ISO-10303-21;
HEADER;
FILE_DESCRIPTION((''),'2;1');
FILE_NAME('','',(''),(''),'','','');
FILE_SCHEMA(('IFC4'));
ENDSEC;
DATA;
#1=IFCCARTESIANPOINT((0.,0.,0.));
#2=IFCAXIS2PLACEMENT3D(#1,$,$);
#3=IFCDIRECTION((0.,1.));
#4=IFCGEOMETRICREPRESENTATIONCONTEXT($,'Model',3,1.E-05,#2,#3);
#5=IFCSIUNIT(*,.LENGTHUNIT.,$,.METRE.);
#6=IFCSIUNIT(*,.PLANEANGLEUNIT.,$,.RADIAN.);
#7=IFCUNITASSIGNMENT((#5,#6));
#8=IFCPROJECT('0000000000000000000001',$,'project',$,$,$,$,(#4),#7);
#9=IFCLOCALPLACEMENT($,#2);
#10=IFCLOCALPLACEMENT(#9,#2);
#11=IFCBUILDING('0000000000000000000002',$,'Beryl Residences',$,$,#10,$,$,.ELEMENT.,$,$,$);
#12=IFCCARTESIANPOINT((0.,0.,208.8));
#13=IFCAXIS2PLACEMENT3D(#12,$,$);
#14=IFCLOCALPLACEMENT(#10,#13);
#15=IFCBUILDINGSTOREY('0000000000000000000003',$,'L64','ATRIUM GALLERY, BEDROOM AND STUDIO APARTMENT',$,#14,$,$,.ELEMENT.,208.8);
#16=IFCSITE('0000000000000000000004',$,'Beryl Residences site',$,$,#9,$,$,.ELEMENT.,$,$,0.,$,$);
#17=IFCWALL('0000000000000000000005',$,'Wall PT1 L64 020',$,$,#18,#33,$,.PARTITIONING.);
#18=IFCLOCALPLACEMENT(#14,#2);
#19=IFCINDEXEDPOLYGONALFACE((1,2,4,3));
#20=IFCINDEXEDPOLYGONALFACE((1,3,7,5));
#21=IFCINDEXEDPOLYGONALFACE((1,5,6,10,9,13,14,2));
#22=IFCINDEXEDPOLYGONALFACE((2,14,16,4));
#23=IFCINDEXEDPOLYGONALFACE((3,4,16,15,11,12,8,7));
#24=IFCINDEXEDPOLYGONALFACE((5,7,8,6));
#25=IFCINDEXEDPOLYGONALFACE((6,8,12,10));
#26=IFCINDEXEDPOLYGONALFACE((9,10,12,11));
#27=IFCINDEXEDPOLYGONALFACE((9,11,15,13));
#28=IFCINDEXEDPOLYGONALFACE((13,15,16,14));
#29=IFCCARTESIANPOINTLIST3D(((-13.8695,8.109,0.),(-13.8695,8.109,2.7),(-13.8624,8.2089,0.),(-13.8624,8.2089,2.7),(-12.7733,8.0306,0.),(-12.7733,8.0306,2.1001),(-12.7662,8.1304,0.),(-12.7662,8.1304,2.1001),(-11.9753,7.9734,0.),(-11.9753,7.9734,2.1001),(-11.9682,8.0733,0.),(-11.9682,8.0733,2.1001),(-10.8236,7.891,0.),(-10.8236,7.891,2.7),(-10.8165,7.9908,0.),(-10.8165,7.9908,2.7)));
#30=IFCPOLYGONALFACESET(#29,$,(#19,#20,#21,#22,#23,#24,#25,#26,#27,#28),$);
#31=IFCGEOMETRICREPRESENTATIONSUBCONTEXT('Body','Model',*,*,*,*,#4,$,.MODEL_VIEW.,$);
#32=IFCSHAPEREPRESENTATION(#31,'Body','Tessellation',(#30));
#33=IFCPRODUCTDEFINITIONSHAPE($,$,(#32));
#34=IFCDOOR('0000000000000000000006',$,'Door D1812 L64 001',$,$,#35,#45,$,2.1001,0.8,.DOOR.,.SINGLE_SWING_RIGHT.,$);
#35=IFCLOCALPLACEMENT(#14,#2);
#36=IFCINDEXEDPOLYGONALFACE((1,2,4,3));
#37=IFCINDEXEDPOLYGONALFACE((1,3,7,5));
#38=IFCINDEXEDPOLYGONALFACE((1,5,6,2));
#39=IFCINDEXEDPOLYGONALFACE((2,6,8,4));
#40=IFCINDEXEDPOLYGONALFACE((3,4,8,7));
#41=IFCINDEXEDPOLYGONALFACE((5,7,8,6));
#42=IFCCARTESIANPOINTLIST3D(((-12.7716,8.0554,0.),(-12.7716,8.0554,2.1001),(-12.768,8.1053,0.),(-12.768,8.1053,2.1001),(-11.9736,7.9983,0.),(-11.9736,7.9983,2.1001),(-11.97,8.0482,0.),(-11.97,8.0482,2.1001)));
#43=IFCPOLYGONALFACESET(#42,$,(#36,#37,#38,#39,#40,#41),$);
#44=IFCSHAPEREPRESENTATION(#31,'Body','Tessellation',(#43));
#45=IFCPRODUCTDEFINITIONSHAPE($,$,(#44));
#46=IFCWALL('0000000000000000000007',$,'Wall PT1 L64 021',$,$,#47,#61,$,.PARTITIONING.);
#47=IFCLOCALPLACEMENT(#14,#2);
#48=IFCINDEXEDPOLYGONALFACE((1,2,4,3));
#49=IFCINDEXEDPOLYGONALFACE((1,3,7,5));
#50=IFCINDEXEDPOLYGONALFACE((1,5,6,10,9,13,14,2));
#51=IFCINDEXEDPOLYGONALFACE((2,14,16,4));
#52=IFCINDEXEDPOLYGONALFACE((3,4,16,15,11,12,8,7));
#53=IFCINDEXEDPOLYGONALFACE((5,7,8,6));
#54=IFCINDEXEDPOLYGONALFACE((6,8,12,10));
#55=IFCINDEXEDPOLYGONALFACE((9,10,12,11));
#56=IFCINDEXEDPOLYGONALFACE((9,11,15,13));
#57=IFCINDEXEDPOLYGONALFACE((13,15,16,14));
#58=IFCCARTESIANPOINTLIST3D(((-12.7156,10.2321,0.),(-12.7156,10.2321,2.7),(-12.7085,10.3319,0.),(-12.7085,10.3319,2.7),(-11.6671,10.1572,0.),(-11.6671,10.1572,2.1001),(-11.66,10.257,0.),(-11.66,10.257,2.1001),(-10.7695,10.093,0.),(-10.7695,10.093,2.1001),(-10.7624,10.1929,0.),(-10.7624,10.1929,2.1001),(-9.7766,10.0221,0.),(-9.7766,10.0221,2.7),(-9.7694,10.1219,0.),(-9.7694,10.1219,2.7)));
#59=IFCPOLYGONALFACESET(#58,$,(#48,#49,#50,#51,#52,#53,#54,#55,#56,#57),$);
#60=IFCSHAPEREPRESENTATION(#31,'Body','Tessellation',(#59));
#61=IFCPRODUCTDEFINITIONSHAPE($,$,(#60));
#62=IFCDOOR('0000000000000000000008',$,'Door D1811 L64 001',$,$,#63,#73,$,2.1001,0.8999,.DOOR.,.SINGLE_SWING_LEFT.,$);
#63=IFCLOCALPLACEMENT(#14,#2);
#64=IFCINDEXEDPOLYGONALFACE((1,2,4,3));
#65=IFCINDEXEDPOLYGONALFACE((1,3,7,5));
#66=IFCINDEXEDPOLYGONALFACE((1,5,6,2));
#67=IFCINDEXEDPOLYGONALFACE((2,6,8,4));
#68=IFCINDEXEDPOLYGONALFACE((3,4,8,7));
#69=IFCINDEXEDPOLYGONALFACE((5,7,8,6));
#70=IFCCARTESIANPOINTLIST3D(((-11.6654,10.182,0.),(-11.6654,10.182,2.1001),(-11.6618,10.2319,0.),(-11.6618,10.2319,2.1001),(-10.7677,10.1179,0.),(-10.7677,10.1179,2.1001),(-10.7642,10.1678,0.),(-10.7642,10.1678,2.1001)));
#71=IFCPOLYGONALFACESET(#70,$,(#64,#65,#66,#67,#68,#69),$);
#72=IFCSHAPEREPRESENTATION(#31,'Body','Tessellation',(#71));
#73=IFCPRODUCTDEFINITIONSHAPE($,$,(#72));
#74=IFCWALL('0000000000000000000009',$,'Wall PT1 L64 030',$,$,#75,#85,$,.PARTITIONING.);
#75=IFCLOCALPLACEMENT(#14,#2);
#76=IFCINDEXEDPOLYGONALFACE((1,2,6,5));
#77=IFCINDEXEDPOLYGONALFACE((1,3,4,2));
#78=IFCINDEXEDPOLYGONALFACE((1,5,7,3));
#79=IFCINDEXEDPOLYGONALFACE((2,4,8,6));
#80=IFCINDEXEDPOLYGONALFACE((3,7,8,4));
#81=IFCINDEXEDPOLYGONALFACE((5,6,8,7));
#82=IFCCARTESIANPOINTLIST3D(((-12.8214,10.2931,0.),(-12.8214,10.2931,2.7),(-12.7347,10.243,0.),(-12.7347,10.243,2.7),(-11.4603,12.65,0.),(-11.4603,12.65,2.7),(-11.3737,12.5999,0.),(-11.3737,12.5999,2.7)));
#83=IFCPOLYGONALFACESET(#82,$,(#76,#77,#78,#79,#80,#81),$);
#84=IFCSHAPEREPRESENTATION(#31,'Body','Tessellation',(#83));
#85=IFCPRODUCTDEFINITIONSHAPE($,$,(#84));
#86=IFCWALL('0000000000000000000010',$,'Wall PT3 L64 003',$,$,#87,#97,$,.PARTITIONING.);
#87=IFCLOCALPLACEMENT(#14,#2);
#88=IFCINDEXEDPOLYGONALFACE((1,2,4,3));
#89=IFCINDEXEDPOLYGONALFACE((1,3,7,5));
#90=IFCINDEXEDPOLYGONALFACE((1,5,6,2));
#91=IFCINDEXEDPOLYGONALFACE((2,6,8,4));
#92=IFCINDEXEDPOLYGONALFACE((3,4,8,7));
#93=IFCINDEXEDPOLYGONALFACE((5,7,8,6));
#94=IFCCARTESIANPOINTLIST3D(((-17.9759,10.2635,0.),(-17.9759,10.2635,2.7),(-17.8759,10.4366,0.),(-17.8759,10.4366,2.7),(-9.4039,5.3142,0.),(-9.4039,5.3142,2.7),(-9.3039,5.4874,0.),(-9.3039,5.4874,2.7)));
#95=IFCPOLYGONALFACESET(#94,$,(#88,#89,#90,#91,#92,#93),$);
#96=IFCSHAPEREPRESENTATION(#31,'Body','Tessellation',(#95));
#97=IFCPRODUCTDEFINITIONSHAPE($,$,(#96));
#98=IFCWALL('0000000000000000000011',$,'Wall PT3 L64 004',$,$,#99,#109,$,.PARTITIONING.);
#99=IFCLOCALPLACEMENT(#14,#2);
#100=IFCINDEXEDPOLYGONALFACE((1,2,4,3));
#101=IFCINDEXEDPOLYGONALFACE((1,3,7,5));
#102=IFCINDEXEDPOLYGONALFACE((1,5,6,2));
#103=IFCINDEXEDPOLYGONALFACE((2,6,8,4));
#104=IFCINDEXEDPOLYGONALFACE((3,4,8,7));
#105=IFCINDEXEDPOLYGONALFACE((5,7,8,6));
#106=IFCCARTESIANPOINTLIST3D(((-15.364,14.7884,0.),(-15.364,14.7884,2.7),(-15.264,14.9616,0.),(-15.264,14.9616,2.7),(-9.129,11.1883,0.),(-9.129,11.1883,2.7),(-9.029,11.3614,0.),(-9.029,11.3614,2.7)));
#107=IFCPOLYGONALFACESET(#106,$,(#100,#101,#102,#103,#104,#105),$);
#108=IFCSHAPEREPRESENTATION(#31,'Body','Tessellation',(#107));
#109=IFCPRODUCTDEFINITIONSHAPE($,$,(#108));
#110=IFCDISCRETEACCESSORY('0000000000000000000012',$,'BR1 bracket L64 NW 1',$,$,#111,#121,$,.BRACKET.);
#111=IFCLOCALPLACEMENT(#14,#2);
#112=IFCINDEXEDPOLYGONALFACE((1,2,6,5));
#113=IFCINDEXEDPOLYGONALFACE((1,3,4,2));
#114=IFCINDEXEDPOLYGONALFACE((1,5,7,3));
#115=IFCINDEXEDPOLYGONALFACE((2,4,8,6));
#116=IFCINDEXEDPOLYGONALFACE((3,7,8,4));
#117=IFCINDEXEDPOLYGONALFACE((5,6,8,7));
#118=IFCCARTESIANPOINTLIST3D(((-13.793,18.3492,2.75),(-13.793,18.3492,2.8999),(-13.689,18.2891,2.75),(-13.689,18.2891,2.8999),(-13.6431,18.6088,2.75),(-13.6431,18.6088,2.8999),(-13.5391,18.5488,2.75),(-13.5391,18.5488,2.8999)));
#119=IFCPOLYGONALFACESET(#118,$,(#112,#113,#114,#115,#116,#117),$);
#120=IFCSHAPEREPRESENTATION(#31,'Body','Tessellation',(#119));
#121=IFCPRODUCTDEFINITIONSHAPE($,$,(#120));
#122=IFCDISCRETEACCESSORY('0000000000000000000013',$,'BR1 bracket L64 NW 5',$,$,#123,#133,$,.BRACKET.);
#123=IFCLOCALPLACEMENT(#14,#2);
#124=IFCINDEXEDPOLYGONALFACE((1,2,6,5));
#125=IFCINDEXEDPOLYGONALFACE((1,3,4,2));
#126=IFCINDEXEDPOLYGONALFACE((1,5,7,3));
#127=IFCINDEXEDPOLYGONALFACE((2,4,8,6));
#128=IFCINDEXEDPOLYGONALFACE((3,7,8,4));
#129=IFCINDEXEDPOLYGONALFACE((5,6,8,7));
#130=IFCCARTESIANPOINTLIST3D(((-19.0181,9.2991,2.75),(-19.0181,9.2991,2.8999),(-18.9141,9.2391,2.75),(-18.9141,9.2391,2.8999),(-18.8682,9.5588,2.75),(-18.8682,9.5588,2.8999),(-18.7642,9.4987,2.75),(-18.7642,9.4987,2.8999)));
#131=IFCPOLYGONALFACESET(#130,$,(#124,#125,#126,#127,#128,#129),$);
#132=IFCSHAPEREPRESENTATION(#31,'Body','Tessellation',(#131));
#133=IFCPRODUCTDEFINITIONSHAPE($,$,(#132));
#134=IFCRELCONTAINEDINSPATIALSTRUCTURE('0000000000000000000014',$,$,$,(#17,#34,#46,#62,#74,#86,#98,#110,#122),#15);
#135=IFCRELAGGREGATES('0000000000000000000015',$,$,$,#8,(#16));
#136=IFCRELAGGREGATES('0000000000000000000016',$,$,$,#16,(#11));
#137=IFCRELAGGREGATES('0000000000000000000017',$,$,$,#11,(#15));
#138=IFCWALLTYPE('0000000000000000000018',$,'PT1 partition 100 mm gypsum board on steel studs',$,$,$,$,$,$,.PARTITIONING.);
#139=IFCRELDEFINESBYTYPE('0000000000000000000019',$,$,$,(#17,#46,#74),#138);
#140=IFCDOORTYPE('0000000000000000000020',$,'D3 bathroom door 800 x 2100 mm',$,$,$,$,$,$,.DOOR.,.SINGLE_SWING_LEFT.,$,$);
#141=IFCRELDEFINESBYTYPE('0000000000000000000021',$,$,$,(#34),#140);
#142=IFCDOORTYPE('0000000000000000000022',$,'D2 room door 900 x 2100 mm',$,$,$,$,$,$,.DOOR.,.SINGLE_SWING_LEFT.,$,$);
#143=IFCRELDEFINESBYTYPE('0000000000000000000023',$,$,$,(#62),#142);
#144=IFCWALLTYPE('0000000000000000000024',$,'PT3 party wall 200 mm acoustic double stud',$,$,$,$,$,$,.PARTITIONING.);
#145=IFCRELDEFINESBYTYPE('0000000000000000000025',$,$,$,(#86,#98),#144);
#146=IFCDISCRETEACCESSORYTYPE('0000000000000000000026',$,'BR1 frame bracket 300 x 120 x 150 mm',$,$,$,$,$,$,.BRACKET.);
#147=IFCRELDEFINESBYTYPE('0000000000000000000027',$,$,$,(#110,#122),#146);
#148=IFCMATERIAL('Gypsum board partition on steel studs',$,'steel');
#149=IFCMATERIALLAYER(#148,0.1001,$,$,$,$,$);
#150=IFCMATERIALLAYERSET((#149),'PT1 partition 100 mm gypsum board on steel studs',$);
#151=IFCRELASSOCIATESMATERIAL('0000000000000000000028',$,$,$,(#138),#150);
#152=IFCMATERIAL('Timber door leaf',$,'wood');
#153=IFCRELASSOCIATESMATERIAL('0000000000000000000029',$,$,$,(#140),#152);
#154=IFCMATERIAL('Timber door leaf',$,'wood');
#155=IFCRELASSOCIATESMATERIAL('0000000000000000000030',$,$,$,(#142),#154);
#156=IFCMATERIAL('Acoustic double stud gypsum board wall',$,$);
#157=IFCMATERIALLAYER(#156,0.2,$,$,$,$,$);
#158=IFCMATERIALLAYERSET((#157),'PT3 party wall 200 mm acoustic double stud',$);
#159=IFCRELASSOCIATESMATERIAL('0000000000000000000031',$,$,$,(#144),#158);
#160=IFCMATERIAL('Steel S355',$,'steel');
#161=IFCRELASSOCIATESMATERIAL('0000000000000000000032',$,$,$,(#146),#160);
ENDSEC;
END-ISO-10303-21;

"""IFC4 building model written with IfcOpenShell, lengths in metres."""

from ifc_helpers import new_model, si_unit, direction, frame, frame_2d, origin, place, context, subcontext, project, spatial, polyline, rectangle, outline, extrude, source, transform, mapped, material, layer, layer_set, type_object, type_shapes, element, fill, save


model = new_model("IFC4")

# Units and contexts
model_context = context("Model", 3, precision=1e-05, world=origin(), true_north=direction((0.0, 1.0)))
body_context = subcontext(model_context, "Body", "Model", "MODEL_VIEW")
ifc_project = project(units=[si_unit("LENGTHUNIT", "METRE"), si_unit("PLANEANGLEUNIT", "RADIAN")], contexts=[model_context])

# Site, building, storey
site_placement = place(None, origin())
site = spatial("IfcSite", under=ifc_project, at=site_placement, Name="Beryl Residences site", CompositionType="ELEMENT", RefElevation=0.0)
building_placement = place(site_placement, origin())
building = spatial("IfcBuilding", under=site, at=building_placement, Name="Beryl Residences", CompositionType="ELEMENT")
storey_placement = place(building_placement, frame((0.0, 0.0, 208.8)))
storey = spatial("IfcBuildingStorey", under=building, at=storey_placement, Name="L64", Description="ATRIUM GALLERY, BEDROOM AND STUDIO APARTMENT", CompositionType="ELEMENT", Elevation=208.8)

# Walls, openings, doors
ifc_material_1 = material(Name="Gypsum board partition on steel studs", Category="steel")
ifc_layer_1 = layer(ifc_material_1, 0.1001)
ifc_layer_set_1 = layer_set([ifc_layer_1], Name="PT1 partition 100 mm gypsum board on steel studs")
wall_type_1 = type_object("IfcWallType", Name="PT1 partition 100 mm gypsum board on steel studs", PredefinedType="PARTITIONING", material=ifc_layer_set_1)
wall_1_placement = place(storey_placement, frame((-13.866, 8.1589, 0.0), z_axis=(0.0, 0.0, 1.0), x_axis=(0.997448, -0.071395, 0.0)))
wall_1 = element("IfcWall", 1, at=wall_1_placement, inside=storey, type_object=wall_type_1, Name="Wall PT1 L64 020", PredefinedType="PARTITIONING", context=body_context, shape_type="SweptSolid", body=[
    extrude(rectangle(XDim=3.0537, YDim=0.1001, at=frame_2d((1.5269, 0.0))), origin(), (0.0, 0.0, 1.0), 2.7),
])
opening_1_placement = place(wall_1_placement, frame((1.0991, 0.0, 0.0)))
opening_1 = element("IfcOpeningElement", 2, at=opening_1_placement, cuts=wall_1, PredefinedType="OPENING", context=body_context, shape_type="SweptSolid", body=[
    extrude(rectangle(XDim=0.8, YDim=2.1001, at=frame_2d((0.3999, 1.05))), frame((0.0, 0.0601, 0.0), z_axis=(0.0, -1.0, 0.0), x_axis=(1.0, 0.0, 0.0)), (0.0, 0.0, 1.0), 0.1201),
])
ifc_material_2 = material(Name="Timber door leaf", Category="wood")
door_type_1 = type_object("IfcDoorType", Name="D3 bathroom door 800 x 2100 mm", OperationType="SINGLE_SWING_LEFT", PredefinedType="DOOR", material=ifc_material_2)
door_1_placement = place(opening_1_placement, origin())
door_1 = element("IfcDoor", 3, at=door_1_placement, inside=storey, type_object=door_type_1, Name="Door D1812 L64 001", OperationType="SINGLE_SWING_RIGHT", OverallHeight=2.1001, OverallWidth=0.8, PredefinedType="DOOR", context=body_context, shape_type="SweptSolid", body=[
    extrude(rectangle(XDim=0.8, YDim=2.1001, at=frame_2d((0.3999, 1.05))), frame((0.0, 0.0249, 0.0), z_axis=(0.0, -1.0, 0.0), x_axis=(1.0, 0.0, 0.0)), (0.0, 0.0, 1.0), 0.05),
])
fill(opening_1, door_1)
wall_2_placement = place(storey_placement, frame((-12.7119, 10.282, 0.0), z_axis=(0.0, 0.0, 1.0), x_axis=(0.997458, -0.071259, 0.0)))
wall_2 = element("IfcWall", 4, at=wall_2_placement, inside=storey, type_object=wall_type_1, Name="Wall PT1 L64 021", PredefinedType="PARTITIONING", context=body_context, shape_type="SweptSolid", body=[
    extrude(rectangle(XDim=2.9465, YDim=0.1001, at=frame_2d((1.4731, 0.0))), origin(), (0.0, 0.0, 1.0), 2.7),
])
opening_2_placement = place(wall_2_placement, frame((1.051, 0.0, 0.0)))
opening_2 = element("IfcOpeningElement", 5, at=opening_2_placement, cuts=wall_2, PredefinedType="OPENING", context=body_context, shape_type="SweptSolid", body=[
    extrude(rectangle(XDim=0.8999, YDim=2.1001, at=frame_2d((0.45, 1.05))), frame((0.0, 0.0601, 0.0), z_axis=(0.0, -1.0, 0.0), x_axis=(1.0, 0.0, 0.0)), (0.0, 0.0, 1.0), 0.1201),
])
ifc_material_3 = material(Name="Timber door leaf", Category="wood")
door_type_2 = type_object("IfcDoorType", Name="D2 room door 900 x 2100 mm", OperationType="SINGLE_SWING_LEFT", PredefinedType="DOOR", material=ifc_material_3)
door_2_placement = place(opening_2_placement, origin())
door_2 = element("IfcDoor", 6, at=door_2_placement, inside=storey, type_object=door_type_2, Name="Door D1811 L64 001", OperationType="SINGLE_SWING_LEFT", OverallHeight=2.1001, OverallWidth=0.8999, PredefinedType="DOOR", context=body_context, shape_type="SweptSolid", body=[
    extrude(rectangle(XDim=0.8999, YDim=2.1001, at=frame_2d((0.45, 1.05))), frame((0.0, 0.0249, 0.0), z_axis=(0.0, -1.0, 0.0), x_axis=(1.0, 0.0, 0.0)), (0.0, 0.0, 1.0), 0.05),
])
fill(opening_2, door_2)

# Walls
wall_3_placement = place(storey_placement, frame((-12.7781, 10.2681, 0.0), z_axis=(0.0, 0.0, 1.0), x_axis=(0.500085, 0.865976, 0.0)))
element("IfcWall", 7, at=wall_3_placement, inside=storey, type_object=wall_type_1, Name="Wall PT1 L64 030", PredefinedType="PARTITIONING", context=body_context, shape_type="SweptSolid", body=[
    extrude(rectangle(XDim=2.7217, YDim=0.1001, at=frame_2d((1.3608, 0.0))), origin(), (0.0, 0.0, 1.0), 2.7),
])
ifc_material_4 = material(Name="Acoustic double stud gypsum board wall")
ifc_layer_2 = layer(ifc_material_4, 0.2)
ifc_layer_set_2 = layer_set([ifc_layer_2], Name="PT3 party wall 200 mm acoustic double stud")
wall_type_2 = type_object("IfcWallType", Name="PT3 party wall 200 mm acoustic double stud", PredefinedType="PARTITIONING", material=ifc_layer_set_2)
wall_4_placement = place(storey_placement, frame((-17.926, 10.3501, 0.0), z_axis=(0.0, 0.0, 1.0), x_axis=(0.866018, -0.500012, 0.0)))
element("IfcWall", 8, at=wall_4_placement, inside=storey, type_object=wall_type_2, Name="Wall PT3 L64 003", PredefinedType="PARTITIONING", context=body_context, shape_type="SweptSolid", body=[
    extrude(rectangle(XDim=9.8982, YDim=0.2, at=frame_2d((4.9492, 0.0))), origin(), (0.0, 0.0, 1.0), 2.7),
])
wall_5_placement = place(storey_placement, frame((-15.314, 14.875, 0.0), z_axis=(0.0, 0.0, 1.0), x_axis=(0.866001, -0.500041, 0.0)))
element("IfcWall", 9, at=wall_5_placement, inside=storey, type_object=wall_type_2, Name="Wall PT3 L64 004", PredefinedType="PARTITIONING", context=body_context, shape_type="SweptSolid", body=[
    extrude(rectangle(XDim=7.1997, YDim=0.2, at=frame_2d((3.5999, 0.0))), origin(), (0.0, 0.0, 1.0), 2.7),
])

# Discrete accessories
ifc_material_5 = material(Name="Steel S355", Category="steel")
discrete_accessory_type = type_object("IfcDiscreteAccessoryType", Name="BR1 frame bracket 300 x 120 x 150 mm", PredefinedType="BRACKET", material=ifc_material_5)
shared_shape_1 = source(origin(), body_context, "Body", "SweptSolid", [
    extrude(outline(polyline([(-0.1499, 0.0), (0.1499, 0.0), (0.1499, 0.1201), (-0.1499, 0.1201), (-0.1499, 0.0)])), origin(), (0.0, 0.0, 1.0), 0.1499),
])
type_shapes(discrete_accessory_type, [shared_shape_1])
for number, where, z_axis, x_axis, name in (
    (10, (-13.614, 18.4189, 2.75), (0.0, 0.0, 1.0), (0.5, 0.866025, 0.0), "BR1 bracket L64 NW 1"),
    (11, (-18.8391, 9.3689, 2.75), (0.0, 0.0, 1.0), (0.5, 0.866025, 0.0), "BR1 bracket L64 NW 5"),
):
    element("IfcDiscreteAccessory", number, at=place(storey_placement, frame(where, z_axis=z_axis, x_axis=x_axis)), inside=storey, type_object=discrete_accessory_type, Name=name, PredefinedType="BRACKET", context=body_context, shape_type="MappedRepresentation", body=[
        mapped(shared_shape_1, transform((0.0, 0.0, 0.0))),
    ])

save(model, "model.ifc")
